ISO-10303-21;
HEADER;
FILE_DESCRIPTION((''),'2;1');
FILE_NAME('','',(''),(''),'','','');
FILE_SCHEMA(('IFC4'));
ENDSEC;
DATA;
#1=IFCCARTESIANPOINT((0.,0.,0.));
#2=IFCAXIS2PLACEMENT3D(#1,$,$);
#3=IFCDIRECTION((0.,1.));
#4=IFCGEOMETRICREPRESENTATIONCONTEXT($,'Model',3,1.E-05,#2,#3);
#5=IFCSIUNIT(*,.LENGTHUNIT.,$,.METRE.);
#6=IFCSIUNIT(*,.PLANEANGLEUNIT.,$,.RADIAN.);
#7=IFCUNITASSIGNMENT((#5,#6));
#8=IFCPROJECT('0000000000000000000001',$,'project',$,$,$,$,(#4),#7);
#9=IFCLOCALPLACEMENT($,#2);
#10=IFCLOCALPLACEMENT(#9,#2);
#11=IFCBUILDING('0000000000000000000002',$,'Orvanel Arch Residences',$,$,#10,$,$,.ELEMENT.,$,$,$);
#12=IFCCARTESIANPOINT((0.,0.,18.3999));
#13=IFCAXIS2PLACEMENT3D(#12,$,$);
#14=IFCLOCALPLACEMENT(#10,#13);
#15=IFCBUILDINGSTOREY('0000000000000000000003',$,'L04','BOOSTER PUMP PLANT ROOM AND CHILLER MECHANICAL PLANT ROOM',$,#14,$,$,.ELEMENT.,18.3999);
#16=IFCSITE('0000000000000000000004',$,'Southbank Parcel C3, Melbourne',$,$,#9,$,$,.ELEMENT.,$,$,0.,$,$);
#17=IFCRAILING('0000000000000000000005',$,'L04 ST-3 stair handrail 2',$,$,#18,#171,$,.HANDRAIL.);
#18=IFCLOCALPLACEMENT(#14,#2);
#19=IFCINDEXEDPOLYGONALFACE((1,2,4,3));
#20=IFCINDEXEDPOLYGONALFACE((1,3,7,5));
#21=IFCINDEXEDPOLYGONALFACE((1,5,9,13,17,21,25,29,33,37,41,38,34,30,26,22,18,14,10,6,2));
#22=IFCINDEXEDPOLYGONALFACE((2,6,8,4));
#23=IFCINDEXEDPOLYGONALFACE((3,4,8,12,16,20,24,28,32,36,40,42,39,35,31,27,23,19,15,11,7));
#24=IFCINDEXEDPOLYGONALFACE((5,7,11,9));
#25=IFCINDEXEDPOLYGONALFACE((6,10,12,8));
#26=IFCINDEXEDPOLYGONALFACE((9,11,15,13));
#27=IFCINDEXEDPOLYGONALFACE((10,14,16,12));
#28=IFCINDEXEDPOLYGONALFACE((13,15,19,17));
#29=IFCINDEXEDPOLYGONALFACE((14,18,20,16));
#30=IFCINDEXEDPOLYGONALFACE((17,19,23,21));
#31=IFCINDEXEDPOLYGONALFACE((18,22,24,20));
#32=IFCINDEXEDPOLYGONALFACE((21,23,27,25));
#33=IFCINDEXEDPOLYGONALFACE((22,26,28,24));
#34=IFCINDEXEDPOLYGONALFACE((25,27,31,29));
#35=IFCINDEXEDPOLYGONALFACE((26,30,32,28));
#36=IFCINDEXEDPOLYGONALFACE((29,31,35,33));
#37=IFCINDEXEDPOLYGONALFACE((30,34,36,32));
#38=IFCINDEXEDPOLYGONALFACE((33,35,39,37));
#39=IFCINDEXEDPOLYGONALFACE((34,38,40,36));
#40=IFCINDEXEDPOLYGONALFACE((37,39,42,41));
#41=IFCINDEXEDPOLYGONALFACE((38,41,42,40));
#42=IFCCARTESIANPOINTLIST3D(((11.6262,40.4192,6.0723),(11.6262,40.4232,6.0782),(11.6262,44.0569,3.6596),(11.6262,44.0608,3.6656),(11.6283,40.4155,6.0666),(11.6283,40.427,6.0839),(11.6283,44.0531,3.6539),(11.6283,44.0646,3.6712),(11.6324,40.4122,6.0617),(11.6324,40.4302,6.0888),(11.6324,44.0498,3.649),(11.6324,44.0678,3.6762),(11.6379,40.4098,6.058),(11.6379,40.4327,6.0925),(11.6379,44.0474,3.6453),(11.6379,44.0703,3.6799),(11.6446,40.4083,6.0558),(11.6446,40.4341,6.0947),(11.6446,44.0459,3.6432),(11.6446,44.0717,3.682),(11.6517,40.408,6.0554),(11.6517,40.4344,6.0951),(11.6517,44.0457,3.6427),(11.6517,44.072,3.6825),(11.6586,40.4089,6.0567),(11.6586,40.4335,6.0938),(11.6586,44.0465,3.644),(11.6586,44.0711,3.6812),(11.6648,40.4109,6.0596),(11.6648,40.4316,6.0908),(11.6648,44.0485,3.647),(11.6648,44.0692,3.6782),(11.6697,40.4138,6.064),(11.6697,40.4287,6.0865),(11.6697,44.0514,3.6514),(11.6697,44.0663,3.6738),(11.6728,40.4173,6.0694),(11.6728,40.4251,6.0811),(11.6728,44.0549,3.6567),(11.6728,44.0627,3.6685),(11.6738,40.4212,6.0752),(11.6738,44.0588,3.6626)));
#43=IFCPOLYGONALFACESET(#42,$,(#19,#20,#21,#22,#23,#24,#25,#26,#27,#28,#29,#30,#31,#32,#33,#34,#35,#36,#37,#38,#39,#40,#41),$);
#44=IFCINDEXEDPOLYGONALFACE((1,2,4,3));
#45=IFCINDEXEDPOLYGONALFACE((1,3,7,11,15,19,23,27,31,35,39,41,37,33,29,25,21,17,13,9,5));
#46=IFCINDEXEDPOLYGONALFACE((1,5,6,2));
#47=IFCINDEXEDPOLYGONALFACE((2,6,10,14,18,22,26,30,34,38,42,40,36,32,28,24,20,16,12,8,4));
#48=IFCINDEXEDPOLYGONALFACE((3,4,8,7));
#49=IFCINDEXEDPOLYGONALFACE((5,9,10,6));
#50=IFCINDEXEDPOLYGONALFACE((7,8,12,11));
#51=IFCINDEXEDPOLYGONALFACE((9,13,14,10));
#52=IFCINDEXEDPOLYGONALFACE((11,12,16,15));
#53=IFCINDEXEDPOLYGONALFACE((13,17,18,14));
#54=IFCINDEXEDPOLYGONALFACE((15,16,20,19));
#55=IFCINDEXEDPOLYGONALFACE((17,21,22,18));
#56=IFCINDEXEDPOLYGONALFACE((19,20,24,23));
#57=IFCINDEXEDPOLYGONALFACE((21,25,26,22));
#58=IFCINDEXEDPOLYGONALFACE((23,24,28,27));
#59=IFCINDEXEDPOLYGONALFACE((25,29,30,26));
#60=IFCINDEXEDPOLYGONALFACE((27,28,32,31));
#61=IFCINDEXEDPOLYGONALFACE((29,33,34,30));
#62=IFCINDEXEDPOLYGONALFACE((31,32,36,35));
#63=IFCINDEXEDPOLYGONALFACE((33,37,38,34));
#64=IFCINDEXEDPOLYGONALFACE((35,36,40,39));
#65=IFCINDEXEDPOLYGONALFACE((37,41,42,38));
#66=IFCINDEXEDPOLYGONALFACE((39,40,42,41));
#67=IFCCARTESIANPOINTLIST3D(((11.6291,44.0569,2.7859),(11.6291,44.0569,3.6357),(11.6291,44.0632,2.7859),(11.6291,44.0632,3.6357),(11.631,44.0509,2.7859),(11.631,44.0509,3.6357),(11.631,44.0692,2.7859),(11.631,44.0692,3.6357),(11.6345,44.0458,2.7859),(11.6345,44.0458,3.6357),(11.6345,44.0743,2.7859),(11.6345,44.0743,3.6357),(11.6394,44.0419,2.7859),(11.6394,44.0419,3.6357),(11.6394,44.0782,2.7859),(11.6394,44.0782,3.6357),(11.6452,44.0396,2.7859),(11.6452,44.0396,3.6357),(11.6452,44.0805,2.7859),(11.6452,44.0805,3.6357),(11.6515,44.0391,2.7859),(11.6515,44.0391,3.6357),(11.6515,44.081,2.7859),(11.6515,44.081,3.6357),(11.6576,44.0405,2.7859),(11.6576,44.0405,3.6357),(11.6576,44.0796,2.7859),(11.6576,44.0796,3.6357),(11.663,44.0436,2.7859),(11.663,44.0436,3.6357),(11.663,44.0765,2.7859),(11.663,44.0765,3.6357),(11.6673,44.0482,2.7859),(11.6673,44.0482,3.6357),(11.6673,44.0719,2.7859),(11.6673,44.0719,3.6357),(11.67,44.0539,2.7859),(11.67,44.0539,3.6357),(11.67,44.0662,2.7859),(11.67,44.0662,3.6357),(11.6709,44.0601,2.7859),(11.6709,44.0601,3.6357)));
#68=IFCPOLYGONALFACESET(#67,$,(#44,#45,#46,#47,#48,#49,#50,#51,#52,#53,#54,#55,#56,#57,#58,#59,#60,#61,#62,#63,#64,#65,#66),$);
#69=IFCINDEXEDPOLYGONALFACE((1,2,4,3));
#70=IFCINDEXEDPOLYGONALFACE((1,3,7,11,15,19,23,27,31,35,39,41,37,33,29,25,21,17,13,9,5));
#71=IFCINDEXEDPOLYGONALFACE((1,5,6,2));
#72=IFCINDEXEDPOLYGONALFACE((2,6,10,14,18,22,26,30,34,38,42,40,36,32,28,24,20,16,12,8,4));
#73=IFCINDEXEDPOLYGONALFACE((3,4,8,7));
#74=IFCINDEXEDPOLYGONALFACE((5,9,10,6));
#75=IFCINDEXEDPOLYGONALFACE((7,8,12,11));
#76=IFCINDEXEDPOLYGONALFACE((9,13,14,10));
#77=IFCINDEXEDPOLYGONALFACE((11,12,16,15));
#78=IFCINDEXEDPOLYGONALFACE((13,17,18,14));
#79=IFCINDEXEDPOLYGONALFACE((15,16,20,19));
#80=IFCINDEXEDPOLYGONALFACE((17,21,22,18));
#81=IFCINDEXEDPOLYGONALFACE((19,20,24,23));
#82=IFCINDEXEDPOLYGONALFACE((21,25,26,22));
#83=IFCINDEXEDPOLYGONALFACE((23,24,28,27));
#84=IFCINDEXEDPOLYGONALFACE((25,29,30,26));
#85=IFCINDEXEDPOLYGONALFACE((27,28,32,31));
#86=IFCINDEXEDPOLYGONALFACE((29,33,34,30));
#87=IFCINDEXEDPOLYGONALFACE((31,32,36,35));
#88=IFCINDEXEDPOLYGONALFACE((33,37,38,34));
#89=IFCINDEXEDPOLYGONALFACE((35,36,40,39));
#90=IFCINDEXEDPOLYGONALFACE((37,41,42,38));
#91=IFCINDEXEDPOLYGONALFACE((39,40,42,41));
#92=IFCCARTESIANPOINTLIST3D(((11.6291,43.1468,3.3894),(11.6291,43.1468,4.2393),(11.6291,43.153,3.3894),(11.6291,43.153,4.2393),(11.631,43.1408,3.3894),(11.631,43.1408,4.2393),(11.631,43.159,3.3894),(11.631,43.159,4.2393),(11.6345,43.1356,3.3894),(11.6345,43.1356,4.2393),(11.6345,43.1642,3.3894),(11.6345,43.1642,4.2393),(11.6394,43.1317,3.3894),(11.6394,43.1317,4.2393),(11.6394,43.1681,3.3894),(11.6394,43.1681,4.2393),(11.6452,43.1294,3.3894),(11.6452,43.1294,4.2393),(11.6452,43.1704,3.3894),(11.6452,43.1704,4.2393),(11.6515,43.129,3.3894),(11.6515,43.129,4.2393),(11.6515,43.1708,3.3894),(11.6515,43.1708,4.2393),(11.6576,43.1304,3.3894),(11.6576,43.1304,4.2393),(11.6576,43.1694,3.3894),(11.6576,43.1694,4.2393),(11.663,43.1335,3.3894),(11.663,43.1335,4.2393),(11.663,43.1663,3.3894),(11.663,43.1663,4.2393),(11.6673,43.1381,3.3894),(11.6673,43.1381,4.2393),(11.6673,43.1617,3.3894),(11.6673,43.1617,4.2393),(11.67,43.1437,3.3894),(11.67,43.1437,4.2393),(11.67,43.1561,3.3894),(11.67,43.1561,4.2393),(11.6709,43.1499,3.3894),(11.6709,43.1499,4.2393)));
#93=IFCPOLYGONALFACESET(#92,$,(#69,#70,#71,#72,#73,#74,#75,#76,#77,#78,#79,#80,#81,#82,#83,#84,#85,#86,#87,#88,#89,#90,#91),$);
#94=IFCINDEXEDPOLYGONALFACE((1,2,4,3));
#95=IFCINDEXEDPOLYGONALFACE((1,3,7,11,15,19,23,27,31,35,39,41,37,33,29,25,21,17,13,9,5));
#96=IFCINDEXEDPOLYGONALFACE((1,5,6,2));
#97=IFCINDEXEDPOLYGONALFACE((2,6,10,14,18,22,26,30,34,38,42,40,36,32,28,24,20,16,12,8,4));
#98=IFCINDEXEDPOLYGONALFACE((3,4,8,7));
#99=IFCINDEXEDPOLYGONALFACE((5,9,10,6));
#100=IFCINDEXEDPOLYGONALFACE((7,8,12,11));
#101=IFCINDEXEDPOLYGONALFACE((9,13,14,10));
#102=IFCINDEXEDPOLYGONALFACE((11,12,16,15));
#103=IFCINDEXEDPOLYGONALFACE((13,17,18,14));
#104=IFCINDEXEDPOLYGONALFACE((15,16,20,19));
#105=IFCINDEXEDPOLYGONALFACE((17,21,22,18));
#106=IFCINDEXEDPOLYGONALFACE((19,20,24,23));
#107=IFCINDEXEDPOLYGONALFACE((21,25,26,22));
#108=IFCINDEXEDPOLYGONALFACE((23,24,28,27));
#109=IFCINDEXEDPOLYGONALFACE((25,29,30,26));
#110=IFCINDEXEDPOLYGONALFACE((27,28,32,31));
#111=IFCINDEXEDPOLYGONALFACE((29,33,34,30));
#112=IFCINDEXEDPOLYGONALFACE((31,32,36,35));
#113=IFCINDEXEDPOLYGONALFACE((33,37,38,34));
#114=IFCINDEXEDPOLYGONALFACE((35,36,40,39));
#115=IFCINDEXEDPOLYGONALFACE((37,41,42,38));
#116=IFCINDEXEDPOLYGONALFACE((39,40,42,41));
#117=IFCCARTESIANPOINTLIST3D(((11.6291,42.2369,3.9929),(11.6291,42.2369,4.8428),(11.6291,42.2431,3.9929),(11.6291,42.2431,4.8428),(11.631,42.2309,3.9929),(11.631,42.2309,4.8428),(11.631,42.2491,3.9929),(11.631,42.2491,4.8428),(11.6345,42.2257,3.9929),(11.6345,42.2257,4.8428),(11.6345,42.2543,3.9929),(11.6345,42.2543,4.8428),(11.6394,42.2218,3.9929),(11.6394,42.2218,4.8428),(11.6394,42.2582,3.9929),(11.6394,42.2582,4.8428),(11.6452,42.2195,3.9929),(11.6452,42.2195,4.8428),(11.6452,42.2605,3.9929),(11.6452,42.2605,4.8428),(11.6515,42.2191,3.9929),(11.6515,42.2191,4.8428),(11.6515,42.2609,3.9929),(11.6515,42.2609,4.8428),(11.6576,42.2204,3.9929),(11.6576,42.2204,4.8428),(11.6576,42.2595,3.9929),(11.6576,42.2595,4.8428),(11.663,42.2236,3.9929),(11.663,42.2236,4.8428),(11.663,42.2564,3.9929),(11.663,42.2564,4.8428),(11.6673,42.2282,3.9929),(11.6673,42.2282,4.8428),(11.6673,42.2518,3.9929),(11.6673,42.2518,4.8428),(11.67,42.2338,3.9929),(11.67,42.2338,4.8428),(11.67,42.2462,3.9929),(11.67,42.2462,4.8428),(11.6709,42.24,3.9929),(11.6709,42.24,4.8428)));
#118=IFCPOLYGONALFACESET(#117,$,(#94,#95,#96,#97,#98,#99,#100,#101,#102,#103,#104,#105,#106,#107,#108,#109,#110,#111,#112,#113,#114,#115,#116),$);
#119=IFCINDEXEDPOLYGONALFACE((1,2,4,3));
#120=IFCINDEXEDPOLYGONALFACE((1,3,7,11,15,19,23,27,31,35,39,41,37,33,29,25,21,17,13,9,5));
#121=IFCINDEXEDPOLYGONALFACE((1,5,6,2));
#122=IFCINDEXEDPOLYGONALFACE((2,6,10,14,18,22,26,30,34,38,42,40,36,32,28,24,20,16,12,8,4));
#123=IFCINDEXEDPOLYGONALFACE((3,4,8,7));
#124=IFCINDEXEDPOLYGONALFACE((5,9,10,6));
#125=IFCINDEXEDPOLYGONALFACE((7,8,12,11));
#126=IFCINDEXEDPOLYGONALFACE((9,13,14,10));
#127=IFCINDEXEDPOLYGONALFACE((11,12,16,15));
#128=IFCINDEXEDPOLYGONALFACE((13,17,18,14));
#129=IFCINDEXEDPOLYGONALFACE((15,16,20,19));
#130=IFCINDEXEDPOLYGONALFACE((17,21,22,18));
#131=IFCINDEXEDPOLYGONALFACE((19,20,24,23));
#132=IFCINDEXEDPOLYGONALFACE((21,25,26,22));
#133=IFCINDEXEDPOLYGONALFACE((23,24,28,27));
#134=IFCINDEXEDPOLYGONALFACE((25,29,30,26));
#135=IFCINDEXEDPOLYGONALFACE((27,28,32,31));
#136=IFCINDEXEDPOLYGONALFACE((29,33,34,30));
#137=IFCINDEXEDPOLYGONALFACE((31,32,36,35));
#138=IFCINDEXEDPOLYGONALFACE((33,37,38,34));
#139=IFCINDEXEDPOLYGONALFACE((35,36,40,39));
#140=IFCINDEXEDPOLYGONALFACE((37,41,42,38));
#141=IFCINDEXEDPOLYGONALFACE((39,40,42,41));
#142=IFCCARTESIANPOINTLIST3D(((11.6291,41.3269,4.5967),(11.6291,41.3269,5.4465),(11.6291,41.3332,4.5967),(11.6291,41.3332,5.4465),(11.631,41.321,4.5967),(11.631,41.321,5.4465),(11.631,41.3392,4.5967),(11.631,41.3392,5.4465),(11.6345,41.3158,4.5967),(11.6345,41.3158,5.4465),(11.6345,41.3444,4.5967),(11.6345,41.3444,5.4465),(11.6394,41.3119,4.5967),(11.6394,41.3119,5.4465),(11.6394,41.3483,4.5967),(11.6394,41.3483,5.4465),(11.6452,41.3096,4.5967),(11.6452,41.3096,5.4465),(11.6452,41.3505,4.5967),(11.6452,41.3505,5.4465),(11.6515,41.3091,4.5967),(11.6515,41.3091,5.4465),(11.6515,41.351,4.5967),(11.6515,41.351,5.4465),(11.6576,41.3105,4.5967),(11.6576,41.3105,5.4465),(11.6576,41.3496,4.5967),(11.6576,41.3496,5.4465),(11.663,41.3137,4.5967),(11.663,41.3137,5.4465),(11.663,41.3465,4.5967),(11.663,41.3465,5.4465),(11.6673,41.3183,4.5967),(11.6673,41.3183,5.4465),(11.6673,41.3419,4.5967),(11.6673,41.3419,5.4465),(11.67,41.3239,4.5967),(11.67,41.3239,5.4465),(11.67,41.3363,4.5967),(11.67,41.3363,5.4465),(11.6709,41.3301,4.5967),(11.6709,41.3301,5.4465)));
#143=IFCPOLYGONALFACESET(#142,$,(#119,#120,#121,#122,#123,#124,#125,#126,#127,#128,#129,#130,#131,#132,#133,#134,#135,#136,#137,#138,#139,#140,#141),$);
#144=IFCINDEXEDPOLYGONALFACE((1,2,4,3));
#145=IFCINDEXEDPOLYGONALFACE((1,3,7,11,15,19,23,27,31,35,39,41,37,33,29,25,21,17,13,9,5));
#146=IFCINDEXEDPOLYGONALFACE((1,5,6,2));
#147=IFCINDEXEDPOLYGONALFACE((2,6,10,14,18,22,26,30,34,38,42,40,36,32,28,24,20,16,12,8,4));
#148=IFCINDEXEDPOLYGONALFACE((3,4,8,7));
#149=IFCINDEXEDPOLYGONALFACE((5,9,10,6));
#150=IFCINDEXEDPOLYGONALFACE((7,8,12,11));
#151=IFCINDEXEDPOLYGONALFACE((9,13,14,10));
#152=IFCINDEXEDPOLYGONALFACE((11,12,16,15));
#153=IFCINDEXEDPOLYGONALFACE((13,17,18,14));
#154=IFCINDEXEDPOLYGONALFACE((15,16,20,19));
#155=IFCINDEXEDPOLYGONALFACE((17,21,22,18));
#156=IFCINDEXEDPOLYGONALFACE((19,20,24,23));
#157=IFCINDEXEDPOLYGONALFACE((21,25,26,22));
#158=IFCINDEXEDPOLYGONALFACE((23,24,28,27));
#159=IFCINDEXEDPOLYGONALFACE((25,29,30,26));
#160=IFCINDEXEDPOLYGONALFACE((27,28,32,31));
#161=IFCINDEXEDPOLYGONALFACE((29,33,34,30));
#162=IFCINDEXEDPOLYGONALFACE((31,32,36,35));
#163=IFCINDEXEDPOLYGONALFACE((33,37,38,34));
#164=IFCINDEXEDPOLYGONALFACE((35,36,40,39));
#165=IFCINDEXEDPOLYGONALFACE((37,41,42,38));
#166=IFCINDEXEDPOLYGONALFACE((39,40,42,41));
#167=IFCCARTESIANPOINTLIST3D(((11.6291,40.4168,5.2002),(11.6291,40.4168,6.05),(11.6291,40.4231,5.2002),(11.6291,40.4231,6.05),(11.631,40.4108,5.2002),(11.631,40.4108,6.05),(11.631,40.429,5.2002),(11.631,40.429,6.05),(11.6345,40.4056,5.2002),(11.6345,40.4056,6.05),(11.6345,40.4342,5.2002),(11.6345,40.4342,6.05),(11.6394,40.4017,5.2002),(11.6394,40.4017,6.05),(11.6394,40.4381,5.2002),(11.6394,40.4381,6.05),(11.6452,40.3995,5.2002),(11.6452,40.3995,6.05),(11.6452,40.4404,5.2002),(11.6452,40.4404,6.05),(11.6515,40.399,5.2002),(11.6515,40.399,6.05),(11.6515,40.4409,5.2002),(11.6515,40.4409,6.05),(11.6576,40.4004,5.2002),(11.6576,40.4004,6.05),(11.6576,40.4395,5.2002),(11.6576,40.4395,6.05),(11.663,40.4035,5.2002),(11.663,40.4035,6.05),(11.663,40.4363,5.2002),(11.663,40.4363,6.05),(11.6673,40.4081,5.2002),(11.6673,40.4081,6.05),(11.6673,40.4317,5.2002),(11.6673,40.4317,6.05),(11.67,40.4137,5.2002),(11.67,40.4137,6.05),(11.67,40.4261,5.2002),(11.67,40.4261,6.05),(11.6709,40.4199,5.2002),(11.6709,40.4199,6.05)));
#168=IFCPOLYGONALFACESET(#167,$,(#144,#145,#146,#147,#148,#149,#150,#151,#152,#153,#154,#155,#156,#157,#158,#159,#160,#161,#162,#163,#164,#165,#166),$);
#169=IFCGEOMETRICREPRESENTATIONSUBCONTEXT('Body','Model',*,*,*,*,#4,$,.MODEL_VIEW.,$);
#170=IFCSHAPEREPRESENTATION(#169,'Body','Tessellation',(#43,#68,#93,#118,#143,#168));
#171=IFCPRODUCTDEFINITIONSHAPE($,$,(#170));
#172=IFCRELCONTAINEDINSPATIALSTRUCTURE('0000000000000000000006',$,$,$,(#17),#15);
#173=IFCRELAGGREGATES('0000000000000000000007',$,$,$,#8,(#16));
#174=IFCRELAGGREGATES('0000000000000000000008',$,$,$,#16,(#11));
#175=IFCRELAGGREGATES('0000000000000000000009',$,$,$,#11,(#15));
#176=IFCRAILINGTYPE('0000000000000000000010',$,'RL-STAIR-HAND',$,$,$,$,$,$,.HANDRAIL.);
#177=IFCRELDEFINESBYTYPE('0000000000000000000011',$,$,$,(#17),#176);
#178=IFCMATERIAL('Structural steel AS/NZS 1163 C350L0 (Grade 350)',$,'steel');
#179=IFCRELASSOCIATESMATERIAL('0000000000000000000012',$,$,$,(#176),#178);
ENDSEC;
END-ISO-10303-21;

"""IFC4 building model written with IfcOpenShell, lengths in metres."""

from ifc_helpers import new_model, si_unit, direction, frame, origin, origin_2d, place, context, subcontext, project, spatial, circle, extrude, material, type_object, element, save


model = new_model("IFC4")

# Units and contexts
model_context = context("Model", 3, precision=1e-05, world=origin(), true_north=direction((0.0, 1.0)))
body_context = subcontext(model_context, "Body", "Model", "MODEL_VIEW")
ifc_project = project(units=[si_unit("LENGTHUNIT", "METRE"), si_unit("PLANEANGLEUNIT", "RADIAN")], contexts=[model_context])

# Site, building, storey
site_placement = place(None, origin())
site = spatial("IfcSite", under=ifc_project, at=site_placement, Name="Southbank Parcel C3, Melbourne", CompositionType="ELEMENT", RefElevation=0.0)
building_placement = place(site_placement, origin())
building = spatial("IfcBuilding", under=site, at=building_placement, Name="Orvanel Arch Residences", CompositionType="ELEMENT")
storey_placement = place(building_placement, frame((0.0, 0.0, 18.3999)))
storey = spatial("IfcBuildingStorey", under=building, at=storey_placement, Name="L04", Description="BOOSTER PUMP PLANT ROOM AND CHILLER MECHANICAL PLANT ROOM", CompositionType="ELEMENT", Elevation=18.3999)

# Railing
ifc_material_1 = material(Name="Structural steel AS/NZS 1163 C350L0 (Grade 350)", Category="steel")
railing_type_1 = type_object("IfcRailingType", Name="RL-STAIR-HAND", PredefinedType="HANDRAIL", material=ifc_material_1)
railing_1_placement = place(storey_placement, frame((11.6499, 44.0601, 2.7859)))
element("IfcRailing", 1, at=railing_1_placement, inside=storey, type_object=railing_type_1, Name="L04 ST-3 stair handrail 2", PredefinedType="HANDRAIL", context=body_context, shape_type="SweptSolid", body=[
    extrude(circle(Radius=0.0239, at=origin_2d()), frame((0.0, -0.0012, 0.8767), z_axis=(0.0, -0.833364, 0.552725), x_axis=(1.0, 0.0, 0.0)), (0.0, 0.0, 1.0), 4.365),
    extrude(circle(Radius=0.021, at=origin_2d()), origin(), (0.0, 0.0, 1.0), 0.8499),
    extrude(circle(Radius=0.021, at=origin_2d()), frame((0.0, -0.9102, 0.6035)), (0.0, 0.0, 1.0), 0.8499),
    extrude(circle(Radius=0.021, at=origin_2d()), frame((0.0, -1.8201, 1.207)), (0.0, 0.0, 1.0), 0.8499),
    extrude(circle(Radius=0.021, at=origin_2d()), frame((0.0, -2.73, 1.8108)), (0.0, 0.0, 1.0), 0.8499),
    extrude(circle(Radius=0.021, at=origin_2d()), frame((0.0, -3.6401, 2.4143)), (0.0, 0.0, 1.0), 0.8499),
])

save(model, "model.ifc")
